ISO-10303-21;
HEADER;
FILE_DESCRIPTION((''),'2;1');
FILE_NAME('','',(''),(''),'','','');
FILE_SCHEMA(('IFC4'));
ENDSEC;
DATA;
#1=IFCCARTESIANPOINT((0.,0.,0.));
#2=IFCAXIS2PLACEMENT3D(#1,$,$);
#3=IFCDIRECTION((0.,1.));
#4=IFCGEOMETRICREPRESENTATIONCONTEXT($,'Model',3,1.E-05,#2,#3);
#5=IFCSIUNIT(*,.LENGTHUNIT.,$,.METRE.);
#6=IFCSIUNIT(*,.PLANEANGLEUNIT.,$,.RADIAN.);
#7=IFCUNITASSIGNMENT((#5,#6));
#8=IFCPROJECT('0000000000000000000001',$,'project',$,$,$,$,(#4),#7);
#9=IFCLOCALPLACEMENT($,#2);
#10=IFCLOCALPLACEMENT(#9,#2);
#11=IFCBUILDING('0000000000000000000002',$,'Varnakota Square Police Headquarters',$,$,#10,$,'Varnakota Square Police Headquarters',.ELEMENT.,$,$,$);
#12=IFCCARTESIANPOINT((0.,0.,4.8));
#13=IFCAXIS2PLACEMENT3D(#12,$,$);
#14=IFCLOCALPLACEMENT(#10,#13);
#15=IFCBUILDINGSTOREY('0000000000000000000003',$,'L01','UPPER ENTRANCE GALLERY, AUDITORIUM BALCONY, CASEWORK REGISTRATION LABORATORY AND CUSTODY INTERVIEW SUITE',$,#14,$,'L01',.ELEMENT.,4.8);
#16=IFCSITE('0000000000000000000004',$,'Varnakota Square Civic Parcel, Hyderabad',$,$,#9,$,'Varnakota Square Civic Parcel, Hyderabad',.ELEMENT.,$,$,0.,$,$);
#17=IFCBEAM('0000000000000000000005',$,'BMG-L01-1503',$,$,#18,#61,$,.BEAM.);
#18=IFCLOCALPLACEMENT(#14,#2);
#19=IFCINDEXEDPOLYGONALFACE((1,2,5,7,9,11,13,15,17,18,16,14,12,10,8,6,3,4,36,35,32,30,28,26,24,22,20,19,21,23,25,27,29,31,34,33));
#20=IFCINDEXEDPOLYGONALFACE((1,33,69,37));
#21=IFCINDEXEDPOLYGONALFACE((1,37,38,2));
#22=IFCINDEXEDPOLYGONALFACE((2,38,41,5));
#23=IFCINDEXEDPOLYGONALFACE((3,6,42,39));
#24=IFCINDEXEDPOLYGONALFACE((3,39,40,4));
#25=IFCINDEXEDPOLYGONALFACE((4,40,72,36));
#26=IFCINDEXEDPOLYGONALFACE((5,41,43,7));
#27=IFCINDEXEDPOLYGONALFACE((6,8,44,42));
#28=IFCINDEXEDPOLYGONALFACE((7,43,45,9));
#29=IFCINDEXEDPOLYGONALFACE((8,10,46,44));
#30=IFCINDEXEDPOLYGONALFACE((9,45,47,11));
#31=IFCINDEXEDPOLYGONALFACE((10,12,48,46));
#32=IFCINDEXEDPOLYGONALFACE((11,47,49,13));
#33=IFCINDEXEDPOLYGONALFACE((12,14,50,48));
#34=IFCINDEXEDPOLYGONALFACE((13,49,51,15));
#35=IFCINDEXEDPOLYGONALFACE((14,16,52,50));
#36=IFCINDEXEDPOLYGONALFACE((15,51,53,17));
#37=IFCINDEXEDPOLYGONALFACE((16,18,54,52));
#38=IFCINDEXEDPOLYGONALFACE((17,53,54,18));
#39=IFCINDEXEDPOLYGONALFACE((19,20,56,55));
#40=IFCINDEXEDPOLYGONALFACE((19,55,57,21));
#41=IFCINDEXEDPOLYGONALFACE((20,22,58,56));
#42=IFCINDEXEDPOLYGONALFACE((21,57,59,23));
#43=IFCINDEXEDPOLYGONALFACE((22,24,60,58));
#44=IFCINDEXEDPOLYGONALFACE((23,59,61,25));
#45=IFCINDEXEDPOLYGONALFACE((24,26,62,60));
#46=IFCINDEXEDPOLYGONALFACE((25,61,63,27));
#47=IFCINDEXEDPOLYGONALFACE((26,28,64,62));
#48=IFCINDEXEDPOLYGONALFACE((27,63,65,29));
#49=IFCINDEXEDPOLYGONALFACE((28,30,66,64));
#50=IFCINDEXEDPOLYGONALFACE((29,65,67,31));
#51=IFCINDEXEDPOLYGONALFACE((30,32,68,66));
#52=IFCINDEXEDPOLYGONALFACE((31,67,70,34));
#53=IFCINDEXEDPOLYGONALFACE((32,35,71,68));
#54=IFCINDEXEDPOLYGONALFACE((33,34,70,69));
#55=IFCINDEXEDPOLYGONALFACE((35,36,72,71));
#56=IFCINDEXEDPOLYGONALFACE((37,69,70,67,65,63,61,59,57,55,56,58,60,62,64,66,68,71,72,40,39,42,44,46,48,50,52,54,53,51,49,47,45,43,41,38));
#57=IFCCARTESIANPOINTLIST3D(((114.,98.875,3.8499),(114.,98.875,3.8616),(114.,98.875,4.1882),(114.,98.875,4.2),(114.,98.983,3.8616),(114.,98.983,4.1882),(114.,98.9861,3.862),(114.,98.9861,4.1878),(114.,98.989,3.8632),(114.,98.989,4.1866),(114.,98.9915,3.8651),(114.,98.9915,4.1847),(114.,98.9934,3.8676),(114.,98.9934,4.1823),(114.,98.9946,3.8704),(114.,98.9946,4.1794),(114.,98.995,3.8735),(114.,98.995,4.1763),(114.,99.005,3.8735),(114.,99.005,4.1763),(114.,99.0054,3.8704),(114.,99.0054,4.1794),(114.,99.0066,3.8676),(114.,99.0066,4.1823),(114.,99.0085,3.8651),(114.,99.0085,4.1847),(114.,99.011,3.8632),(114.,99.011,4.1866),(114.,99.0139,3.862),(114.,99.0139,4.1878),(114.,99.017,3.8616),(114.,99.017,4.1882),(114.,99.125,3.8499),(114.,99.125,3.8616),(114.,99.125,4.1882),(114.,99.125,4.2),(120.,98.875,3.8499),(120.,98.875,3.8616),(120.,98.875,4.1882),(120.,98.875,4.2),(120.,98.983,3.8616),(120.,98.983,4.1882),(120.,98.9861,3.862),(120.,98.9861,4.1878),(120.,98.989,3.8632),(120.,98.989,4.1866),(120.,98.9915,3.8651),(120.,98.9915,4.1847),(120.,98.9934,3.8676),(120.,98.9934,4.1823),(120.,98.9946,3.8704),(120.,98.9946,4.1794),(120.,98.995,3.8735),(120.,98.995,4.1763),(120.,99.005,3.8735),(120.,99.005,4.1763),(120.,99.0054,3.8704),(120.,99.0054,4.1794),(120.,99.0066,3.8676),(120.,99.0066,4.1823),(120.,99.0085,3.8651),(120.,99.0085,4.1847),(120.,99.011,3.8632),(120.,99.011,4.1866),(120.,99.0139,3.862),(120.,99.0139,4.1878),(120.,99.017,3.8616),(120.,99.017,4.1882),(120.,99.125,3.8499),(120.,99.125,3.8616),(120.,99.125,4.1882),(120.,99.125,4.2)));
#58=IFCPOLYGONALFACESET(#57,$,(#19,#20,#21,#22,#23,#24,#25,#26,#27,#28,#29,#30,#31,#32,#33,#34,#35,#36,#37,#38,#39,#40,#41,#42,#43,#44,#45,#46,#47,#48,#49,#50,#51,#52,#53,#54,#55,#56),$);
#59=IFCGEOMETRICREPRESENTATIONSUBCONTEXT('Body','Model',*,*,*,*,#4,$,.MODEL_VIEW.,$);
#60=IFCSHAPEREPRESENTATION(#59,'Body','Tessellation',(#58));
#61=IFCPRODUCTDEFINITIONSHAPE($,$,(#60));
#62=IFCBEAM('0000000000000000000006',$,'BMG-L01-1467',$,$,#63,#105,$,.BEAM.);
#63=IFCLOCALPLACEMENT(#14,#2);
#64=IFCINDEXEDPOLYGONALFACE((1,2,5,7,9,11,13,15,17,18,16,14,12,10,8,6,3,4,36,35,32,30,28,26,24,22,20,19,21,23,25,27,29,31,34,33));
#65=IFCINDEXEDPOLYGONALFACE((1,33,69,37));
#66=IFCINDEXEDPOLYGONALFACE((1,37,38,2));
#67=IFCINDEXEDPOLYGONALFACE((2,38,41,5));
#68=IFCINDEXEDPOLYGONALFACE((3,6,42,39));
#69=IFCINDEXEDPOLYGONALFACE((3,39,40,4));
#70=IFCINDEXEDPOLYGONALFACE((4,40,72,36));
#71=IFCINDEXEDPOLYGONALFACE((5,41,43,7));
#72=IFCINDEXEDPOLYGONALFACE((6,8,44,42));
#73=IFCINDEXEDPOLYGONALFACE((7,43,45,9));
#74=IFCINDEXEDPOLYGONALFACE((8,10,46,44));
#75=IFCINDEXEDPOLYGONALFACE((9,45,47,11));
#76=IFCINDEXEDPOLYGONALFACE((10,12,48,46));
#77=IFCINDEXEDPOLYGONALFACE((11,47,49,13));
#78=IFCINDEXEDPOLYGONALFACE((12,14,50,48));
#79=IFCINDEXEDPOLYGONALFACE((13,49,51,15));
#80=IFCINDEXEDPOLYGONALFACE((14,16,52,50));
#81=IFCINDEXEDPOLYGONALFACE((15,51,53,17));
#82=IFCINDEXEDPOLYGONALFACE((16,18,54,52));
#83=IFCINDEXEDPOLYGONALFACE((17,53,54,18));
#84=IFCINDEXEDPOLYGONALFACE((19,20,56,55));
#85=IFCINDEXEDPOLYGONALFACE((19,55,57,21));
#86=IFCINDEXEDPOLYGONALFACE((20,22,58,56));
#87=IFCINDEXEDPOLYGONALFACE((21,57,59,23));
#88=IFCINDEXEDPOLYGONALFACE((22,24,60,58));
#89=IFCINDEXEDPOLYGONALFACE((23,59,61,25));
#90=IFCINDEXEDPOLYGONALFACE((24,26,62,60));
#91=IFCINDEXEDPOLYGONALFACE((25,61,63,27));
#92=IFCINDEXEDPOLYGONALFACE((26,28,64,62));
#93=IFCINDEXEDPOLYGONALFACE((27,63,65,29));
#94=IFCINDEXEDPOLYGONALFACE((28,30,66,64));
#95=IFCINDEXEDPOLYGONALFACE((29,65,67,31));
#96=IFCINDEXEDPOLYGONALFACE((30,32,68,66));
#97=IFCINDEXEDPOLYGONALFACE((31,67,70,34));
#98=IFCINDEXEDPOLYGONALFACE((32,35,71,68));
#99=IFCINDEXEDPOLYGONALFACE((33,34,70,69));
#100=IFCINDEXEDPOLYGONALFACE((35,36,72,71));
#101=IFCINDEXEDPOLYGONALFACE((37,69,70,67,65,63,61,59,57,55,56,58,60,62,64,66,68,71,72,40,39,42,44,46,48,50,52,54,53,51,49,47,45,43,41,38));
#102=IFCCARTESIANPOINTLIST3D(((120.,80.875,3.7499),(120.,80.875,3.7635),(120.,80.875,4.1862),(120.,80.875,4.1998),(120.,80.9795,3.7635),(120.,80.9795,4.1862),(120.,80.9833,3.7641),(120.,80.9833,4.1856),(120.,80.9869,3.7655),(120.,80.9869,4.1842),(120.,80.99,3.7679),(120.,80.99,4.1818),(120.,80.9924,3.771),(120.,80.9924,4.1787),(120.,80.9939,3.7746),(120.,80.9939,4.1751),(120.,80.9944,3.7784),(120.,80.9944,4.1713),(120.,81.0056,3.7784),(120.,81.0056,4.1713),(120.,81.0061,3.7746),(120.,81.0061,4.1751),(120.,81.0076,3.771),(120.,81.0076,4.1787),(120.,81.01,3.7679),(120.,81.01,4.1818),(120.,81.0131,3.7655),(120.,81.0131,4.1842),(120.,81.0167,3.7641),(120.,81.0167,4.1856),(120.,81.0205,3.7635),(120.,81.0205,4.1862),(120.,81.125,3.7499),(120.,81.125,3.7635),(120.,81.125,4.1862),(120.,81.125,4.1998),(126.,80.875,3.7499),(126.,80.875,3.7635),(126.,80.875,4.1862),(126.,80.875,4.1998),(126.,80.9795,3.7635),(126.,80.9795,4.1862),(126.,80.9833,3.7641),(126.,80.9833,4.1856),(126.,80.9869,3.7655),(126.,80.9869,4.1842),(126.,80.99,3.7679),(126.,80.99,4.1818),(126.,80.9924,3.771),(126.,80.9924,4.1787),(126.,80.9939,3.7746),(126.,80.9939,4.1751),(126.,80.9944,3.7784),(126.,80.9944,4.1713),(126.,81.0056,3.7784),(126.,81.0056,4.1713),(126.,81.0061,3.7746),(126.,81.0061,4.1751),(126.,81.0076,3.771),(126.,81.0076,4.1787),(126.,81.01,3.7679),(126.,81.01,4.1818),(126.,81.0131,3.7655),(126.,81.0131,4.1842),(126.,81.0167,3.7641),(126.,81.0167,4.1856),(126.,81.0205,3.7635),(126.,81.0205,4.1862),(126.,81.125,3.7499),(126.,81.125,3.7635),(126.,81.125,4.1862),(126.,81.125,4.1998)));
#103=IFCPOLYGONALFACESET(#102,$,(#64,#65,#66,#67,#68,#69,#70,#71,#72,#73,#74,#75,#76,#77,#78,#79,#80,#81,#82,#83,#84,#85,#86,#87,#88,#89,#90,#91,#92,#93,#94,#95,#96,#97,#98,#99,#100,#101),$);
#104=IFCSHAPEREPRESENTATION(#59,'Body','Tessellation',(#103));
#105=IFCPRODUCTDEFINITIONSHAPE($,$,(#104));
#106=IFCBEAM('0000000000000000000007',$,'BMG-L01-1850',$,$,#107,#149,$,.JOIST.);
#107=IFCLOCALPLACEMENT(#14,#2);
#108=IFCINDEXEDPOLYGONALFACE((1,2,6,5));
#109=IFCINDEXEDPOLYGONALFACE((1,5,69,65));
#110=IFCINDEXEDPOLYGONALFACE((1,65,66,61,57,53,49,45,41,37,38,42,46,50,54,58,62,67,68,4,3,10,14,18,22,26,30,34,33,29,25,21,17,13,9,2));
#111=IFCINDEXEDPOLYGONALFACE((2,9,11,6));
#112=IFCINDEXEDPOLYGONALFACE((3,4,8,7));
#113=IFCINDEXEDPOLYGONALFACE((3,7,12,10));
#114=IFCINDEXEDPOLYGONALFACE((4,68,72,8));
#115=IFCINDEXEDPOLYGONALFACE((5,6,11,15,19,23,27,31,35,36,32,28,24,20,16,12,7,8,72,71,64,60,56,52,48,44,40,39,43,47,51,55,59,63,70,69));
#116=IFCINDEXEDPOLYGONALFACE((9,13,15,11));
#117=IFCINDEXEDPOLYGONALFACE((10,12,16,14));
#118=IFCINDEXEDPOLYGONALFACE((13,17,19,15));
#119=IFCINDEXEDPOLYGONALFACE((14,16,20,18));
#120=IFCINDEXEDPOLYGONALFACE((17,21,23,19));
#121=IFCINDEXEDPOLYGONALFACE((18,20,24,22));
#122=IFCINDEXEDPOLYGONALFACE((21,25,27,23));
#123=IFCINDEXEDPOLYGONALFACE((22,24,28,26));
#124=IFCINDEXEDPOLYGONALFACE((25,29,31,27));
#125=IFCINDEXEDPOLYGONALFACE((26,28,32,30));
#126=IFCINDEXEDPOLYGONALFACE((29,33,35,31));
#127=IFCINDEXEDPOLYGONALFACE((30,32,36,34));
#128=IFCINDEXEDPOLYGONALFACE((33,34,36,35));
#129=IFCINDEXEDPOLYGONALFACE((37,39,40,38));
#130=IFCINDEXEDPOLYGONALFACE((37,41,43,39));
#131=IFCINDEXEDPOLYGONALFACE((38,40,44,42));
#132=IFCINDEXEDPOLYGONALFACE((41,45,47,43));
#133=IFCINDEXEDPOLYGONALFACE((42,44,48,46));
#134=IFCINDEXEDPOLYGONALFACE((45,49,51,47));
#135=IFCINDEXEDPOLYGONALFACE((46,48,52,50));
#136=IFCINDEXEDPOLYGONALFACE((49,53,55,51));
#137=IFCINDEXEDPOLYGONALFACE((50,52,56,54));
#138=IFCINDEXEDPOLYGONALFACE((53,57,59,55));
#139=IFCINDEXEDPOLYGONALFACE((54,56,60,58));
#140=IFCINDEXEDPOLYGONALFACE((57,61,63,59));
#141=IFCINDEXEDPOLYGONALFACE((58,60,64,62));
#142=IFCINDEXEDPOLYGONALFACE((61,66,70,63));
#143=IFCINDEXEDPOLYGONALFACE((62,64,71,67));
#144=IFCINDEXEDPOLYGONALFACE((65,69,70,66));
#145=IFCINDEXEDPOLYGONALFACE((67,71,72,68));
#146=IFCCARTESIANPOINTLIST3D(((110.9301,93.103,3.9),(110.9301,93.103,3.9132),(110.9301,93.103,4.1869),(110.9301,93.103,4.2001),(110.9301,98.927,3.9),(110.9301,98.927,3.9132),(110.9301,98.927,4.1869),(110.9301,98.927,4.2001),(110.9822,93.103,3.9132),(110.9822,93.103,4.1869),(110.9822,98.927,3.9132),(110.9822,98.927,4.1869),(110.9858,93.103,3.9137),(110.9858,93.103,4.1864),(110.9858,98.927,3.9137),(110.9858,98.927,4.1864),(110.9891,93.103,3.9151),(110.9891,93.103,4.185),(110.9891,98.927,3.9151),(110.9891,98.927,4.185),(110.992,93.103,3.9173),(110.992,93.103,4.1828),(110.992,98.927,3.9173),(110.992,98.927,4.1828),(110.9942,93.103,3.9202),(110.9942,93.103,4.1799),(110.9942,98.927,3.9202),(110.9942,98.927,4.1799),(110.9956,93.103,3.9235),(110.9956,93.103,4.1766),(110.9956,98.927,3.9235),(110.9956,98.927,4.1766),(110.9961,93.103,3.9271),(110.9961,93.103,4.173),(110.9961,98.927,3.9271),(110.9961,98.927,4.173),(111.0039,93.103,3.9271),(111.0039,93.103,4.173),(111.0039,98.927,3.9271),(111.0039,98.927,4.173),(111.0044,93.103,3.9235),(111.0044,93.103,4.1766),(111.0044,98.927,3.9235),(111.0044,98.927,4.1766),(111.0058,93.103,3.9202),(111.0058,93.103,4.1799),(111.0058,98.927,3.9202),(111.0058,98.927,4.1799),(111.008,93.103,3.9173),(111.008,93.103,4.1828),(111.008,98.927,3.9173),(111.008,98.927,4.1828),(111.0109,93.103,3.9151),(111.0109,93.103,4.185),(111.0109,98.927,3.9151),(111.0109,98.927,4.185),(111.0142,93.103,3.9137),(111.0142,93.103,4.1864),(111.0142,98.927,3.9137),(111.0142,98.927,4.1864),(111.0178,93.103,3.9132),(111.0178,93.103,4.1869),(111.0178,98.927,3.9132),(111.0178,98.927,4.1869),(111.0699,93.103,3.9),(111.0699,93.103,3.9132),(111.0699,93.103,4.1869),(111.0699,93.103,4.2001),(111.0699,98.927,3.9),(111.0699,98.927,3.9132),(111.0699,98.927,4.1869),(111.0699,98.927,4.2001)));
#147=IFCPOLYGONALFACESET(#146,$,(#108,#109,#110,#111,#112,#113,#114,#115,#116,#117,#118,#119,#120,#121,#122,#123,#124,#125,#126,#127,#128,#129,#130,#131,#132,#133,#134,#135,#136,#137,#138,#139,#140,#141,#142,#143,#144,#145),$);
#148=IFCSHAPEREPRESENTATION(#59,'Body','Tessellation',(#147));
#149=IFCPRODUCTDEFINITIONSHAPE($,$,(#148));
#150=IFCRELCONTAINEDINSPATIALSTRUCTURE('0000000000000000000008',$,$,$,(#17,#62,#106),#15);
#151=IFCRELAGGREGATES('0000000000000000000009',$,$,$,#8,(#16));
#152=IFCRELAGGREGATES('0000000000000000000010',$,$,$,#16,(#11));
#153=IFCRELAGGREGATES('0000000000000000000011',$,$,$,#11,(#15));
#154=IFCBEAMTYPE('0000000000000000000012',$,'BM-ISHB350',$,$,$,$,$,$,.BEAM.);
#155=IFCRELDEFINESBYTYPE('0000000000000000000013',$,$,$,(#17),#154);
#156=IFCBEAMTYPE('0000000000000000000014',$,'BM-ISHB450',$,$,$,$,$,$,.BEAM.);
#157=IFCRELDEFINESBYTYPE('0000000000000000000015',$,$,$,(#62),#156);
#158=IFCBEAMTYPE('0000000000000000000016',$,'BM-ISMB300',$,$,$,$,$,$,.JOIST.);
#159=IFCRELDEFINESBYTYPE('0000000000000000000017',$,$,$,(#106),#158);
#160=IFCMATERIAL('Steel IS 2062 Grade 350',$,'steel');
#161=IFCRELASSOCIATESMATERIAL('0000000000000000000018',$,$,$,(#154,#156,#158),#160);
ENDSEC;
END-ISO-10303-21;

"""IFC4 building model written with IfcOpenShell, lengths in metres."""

from ifc_helpers import new_model, si_unit, direction, frame, origin, origin_2d, place, context, subcontext, project, spatial, i_section, extrude, material, material_profile, profile_set, type_object, element, save


model = new_model("IFC4")

# Units and contexts
model_context = context("Model", 3, precision=1e-05, world=origin(), true_north=direction((0.0, 1.0)))
body_context = subcontext(model_context, "Body", "Model", "MODEL_VIEW")
ifc_project = project(units=[si_unit("LENGTHUNIT", "METRE"), si_unit("PLANEANGLEUNIT", "RADIAN")], contexts=[model_context])

# Site, building, storey
site_placement = place(None, origin())
site = spatial("IfcSite", under=ifc_project, at=site_placement, Name="Varnakota Square Civic Parcel, Hyderabad", LongName="Varnakota Square Civic Parcel, Hyderabad", CompositionType="ELEMENT", RefElevation=0.0)
building_placement = place(site_placement, origin())
building = spatial("IfcBuilding", under=site, at=building_placement, Name="Varnakota Square Police Headquarters", LongName="Varnakota Square Police Headquarters", CompositionType="ELEMENT")
storey_placement = place(building_placement, frame((0.0, 0.0, 4.8)))
storey = spatial("IfcBuildingStorey", under=building, at=storey_placement, Name="L01", Description="UPPER ENTRANCE GALLERY, AUDITORIUM BALCONY, CASEWORK REGISTRATION LABORATORY AND CUSTODY INTERVIEW SUITE", LongName="L01", CompositionType="ELEMENT", Elevation=4.8)

# Shared definitions
ifc_material_1 = material(Name="Steel IS 2062 Grade 350", Category="steel")

# Beams
ifc_material_profile_1 = material_profile(ifc_material_1, i_section(OverallWidth=0.25, OverallDepth=0.3501, WebThickness=0.01, FlangeThickness=0.0117, FilletRadius=0.012, at=origin_2d()), Name="ISHB 350")
ifc_profile_set_1 = profile_set([ifc_material_profile_1], Name="Steel IS 2062 Grade 350")
beam_type_1 = type_object("IfcBeamType", Name="BM-ISHB350", PredefinedType="BEAM", material=ifc_profile_set_1)
beam_1_placement = place(storey_placement, frame((114.0, 99.0, 4.0249), z_axis=(1.0, 0.0, 0.0), x_axis=(0.0, 1.0, 0.0)))
element("IfcBeam", 1, at=beam_1_placement, inside=storey, type_object=beam_type_1, Name="BMG-L01-1503", PredefinedType="BEAM", context=body_context, shape_type="SweptSolid", body=[
    extrude(i_section(OverallWidth=0.25, OverallDepth=0.3501, WebThickness=0.01, FlangeThickness=0.0117, FilletRadius=0.012, at=origin_2d()), origin(), (0.0, 0.0, 1.0), 6.0),
])
ifc_material_profile_2 = material_profile(ifc_material_1, i_section(OverallWidth=0.25, OverallDepth=0.45, WebThickness=0.0112, FlangeThickness=0.0137, FilletRadius=0.0149, at=origin_2d()), Name="ISHB 450")
ifc_profile_set_2 = profile_set([ifc_material_profile_2], Name="Steel IS 2062 Grade 350")
beam_type_2 = type_object("IfcBeamType", Name="BM-ISHB450", PredefinedType="BEAM", material=ifc_profile_set_2)
beam_2_placement = place(storey_placement, frame((120.0, 81.0, 3.9749), z_axis=(1.0, 0.0, 0.0), x_axis=(0.0, 1.0, 0.0)))
element("IfcBeam", 2, at=beam_2_placement, inside=storey, type_object=beam_type_2, Name="BMG-L01-1467", PredefinedType="BEAM", context=body_context, shape_type="SweptSolid", body=[
    extrude(i_section(OverallWidth=0.25, OverallDepth=0.45, WebThickness=0.0112, FlangeThickness=0.0137, FilletRadius=0.0149, at=origin_2d()), origin(), (0.0, 0.0, 1.0), 6.0),
])
ifc_material_profile_3 = material_profile(ifc_material_1, i_section(OverallWidth=0.1399, OverallDepth=0.3, WebThickness=0.0078, FlangeThickness=0.0132, FilletRadius=0.0139, at=origin_2d()), Name="ISMB 300")
ifc_profile_set_3 = profile_set([ifc_material_profile_3], Name="Steel IS 2062 Grade 350")
beam_type_3 = type_object("IfcBeamType", Name="BM-ISMB300", PredefinedType="JOIST", material=ifc_profile_set_3)
beam_3_placement = place(storey_placement, frame((111.0, 93.103, 4.05), z_axis=(0.0, 1.0, 0.0), x_axis=(-1.0, 0.0, 0.0)))
element("IfcBeam", 3, at=beam_3_placement, inside=storey, type_object=beam_type_3, Name="BMG-L01-1850", PredefinedType="JOIST", context=body_context, shape_type="SweptSolid", body=[
    extrude(i_section(OverallWidth=0.1399, OverallDepth=0.3, WebThickness=0.0078, FlangeThickness=0.0132, FilletRadius=0.0139, at=origin_2d()), origin(), (0.0, 0.0, 1.0), 5.824),
])

save(model, "model.ifc")
